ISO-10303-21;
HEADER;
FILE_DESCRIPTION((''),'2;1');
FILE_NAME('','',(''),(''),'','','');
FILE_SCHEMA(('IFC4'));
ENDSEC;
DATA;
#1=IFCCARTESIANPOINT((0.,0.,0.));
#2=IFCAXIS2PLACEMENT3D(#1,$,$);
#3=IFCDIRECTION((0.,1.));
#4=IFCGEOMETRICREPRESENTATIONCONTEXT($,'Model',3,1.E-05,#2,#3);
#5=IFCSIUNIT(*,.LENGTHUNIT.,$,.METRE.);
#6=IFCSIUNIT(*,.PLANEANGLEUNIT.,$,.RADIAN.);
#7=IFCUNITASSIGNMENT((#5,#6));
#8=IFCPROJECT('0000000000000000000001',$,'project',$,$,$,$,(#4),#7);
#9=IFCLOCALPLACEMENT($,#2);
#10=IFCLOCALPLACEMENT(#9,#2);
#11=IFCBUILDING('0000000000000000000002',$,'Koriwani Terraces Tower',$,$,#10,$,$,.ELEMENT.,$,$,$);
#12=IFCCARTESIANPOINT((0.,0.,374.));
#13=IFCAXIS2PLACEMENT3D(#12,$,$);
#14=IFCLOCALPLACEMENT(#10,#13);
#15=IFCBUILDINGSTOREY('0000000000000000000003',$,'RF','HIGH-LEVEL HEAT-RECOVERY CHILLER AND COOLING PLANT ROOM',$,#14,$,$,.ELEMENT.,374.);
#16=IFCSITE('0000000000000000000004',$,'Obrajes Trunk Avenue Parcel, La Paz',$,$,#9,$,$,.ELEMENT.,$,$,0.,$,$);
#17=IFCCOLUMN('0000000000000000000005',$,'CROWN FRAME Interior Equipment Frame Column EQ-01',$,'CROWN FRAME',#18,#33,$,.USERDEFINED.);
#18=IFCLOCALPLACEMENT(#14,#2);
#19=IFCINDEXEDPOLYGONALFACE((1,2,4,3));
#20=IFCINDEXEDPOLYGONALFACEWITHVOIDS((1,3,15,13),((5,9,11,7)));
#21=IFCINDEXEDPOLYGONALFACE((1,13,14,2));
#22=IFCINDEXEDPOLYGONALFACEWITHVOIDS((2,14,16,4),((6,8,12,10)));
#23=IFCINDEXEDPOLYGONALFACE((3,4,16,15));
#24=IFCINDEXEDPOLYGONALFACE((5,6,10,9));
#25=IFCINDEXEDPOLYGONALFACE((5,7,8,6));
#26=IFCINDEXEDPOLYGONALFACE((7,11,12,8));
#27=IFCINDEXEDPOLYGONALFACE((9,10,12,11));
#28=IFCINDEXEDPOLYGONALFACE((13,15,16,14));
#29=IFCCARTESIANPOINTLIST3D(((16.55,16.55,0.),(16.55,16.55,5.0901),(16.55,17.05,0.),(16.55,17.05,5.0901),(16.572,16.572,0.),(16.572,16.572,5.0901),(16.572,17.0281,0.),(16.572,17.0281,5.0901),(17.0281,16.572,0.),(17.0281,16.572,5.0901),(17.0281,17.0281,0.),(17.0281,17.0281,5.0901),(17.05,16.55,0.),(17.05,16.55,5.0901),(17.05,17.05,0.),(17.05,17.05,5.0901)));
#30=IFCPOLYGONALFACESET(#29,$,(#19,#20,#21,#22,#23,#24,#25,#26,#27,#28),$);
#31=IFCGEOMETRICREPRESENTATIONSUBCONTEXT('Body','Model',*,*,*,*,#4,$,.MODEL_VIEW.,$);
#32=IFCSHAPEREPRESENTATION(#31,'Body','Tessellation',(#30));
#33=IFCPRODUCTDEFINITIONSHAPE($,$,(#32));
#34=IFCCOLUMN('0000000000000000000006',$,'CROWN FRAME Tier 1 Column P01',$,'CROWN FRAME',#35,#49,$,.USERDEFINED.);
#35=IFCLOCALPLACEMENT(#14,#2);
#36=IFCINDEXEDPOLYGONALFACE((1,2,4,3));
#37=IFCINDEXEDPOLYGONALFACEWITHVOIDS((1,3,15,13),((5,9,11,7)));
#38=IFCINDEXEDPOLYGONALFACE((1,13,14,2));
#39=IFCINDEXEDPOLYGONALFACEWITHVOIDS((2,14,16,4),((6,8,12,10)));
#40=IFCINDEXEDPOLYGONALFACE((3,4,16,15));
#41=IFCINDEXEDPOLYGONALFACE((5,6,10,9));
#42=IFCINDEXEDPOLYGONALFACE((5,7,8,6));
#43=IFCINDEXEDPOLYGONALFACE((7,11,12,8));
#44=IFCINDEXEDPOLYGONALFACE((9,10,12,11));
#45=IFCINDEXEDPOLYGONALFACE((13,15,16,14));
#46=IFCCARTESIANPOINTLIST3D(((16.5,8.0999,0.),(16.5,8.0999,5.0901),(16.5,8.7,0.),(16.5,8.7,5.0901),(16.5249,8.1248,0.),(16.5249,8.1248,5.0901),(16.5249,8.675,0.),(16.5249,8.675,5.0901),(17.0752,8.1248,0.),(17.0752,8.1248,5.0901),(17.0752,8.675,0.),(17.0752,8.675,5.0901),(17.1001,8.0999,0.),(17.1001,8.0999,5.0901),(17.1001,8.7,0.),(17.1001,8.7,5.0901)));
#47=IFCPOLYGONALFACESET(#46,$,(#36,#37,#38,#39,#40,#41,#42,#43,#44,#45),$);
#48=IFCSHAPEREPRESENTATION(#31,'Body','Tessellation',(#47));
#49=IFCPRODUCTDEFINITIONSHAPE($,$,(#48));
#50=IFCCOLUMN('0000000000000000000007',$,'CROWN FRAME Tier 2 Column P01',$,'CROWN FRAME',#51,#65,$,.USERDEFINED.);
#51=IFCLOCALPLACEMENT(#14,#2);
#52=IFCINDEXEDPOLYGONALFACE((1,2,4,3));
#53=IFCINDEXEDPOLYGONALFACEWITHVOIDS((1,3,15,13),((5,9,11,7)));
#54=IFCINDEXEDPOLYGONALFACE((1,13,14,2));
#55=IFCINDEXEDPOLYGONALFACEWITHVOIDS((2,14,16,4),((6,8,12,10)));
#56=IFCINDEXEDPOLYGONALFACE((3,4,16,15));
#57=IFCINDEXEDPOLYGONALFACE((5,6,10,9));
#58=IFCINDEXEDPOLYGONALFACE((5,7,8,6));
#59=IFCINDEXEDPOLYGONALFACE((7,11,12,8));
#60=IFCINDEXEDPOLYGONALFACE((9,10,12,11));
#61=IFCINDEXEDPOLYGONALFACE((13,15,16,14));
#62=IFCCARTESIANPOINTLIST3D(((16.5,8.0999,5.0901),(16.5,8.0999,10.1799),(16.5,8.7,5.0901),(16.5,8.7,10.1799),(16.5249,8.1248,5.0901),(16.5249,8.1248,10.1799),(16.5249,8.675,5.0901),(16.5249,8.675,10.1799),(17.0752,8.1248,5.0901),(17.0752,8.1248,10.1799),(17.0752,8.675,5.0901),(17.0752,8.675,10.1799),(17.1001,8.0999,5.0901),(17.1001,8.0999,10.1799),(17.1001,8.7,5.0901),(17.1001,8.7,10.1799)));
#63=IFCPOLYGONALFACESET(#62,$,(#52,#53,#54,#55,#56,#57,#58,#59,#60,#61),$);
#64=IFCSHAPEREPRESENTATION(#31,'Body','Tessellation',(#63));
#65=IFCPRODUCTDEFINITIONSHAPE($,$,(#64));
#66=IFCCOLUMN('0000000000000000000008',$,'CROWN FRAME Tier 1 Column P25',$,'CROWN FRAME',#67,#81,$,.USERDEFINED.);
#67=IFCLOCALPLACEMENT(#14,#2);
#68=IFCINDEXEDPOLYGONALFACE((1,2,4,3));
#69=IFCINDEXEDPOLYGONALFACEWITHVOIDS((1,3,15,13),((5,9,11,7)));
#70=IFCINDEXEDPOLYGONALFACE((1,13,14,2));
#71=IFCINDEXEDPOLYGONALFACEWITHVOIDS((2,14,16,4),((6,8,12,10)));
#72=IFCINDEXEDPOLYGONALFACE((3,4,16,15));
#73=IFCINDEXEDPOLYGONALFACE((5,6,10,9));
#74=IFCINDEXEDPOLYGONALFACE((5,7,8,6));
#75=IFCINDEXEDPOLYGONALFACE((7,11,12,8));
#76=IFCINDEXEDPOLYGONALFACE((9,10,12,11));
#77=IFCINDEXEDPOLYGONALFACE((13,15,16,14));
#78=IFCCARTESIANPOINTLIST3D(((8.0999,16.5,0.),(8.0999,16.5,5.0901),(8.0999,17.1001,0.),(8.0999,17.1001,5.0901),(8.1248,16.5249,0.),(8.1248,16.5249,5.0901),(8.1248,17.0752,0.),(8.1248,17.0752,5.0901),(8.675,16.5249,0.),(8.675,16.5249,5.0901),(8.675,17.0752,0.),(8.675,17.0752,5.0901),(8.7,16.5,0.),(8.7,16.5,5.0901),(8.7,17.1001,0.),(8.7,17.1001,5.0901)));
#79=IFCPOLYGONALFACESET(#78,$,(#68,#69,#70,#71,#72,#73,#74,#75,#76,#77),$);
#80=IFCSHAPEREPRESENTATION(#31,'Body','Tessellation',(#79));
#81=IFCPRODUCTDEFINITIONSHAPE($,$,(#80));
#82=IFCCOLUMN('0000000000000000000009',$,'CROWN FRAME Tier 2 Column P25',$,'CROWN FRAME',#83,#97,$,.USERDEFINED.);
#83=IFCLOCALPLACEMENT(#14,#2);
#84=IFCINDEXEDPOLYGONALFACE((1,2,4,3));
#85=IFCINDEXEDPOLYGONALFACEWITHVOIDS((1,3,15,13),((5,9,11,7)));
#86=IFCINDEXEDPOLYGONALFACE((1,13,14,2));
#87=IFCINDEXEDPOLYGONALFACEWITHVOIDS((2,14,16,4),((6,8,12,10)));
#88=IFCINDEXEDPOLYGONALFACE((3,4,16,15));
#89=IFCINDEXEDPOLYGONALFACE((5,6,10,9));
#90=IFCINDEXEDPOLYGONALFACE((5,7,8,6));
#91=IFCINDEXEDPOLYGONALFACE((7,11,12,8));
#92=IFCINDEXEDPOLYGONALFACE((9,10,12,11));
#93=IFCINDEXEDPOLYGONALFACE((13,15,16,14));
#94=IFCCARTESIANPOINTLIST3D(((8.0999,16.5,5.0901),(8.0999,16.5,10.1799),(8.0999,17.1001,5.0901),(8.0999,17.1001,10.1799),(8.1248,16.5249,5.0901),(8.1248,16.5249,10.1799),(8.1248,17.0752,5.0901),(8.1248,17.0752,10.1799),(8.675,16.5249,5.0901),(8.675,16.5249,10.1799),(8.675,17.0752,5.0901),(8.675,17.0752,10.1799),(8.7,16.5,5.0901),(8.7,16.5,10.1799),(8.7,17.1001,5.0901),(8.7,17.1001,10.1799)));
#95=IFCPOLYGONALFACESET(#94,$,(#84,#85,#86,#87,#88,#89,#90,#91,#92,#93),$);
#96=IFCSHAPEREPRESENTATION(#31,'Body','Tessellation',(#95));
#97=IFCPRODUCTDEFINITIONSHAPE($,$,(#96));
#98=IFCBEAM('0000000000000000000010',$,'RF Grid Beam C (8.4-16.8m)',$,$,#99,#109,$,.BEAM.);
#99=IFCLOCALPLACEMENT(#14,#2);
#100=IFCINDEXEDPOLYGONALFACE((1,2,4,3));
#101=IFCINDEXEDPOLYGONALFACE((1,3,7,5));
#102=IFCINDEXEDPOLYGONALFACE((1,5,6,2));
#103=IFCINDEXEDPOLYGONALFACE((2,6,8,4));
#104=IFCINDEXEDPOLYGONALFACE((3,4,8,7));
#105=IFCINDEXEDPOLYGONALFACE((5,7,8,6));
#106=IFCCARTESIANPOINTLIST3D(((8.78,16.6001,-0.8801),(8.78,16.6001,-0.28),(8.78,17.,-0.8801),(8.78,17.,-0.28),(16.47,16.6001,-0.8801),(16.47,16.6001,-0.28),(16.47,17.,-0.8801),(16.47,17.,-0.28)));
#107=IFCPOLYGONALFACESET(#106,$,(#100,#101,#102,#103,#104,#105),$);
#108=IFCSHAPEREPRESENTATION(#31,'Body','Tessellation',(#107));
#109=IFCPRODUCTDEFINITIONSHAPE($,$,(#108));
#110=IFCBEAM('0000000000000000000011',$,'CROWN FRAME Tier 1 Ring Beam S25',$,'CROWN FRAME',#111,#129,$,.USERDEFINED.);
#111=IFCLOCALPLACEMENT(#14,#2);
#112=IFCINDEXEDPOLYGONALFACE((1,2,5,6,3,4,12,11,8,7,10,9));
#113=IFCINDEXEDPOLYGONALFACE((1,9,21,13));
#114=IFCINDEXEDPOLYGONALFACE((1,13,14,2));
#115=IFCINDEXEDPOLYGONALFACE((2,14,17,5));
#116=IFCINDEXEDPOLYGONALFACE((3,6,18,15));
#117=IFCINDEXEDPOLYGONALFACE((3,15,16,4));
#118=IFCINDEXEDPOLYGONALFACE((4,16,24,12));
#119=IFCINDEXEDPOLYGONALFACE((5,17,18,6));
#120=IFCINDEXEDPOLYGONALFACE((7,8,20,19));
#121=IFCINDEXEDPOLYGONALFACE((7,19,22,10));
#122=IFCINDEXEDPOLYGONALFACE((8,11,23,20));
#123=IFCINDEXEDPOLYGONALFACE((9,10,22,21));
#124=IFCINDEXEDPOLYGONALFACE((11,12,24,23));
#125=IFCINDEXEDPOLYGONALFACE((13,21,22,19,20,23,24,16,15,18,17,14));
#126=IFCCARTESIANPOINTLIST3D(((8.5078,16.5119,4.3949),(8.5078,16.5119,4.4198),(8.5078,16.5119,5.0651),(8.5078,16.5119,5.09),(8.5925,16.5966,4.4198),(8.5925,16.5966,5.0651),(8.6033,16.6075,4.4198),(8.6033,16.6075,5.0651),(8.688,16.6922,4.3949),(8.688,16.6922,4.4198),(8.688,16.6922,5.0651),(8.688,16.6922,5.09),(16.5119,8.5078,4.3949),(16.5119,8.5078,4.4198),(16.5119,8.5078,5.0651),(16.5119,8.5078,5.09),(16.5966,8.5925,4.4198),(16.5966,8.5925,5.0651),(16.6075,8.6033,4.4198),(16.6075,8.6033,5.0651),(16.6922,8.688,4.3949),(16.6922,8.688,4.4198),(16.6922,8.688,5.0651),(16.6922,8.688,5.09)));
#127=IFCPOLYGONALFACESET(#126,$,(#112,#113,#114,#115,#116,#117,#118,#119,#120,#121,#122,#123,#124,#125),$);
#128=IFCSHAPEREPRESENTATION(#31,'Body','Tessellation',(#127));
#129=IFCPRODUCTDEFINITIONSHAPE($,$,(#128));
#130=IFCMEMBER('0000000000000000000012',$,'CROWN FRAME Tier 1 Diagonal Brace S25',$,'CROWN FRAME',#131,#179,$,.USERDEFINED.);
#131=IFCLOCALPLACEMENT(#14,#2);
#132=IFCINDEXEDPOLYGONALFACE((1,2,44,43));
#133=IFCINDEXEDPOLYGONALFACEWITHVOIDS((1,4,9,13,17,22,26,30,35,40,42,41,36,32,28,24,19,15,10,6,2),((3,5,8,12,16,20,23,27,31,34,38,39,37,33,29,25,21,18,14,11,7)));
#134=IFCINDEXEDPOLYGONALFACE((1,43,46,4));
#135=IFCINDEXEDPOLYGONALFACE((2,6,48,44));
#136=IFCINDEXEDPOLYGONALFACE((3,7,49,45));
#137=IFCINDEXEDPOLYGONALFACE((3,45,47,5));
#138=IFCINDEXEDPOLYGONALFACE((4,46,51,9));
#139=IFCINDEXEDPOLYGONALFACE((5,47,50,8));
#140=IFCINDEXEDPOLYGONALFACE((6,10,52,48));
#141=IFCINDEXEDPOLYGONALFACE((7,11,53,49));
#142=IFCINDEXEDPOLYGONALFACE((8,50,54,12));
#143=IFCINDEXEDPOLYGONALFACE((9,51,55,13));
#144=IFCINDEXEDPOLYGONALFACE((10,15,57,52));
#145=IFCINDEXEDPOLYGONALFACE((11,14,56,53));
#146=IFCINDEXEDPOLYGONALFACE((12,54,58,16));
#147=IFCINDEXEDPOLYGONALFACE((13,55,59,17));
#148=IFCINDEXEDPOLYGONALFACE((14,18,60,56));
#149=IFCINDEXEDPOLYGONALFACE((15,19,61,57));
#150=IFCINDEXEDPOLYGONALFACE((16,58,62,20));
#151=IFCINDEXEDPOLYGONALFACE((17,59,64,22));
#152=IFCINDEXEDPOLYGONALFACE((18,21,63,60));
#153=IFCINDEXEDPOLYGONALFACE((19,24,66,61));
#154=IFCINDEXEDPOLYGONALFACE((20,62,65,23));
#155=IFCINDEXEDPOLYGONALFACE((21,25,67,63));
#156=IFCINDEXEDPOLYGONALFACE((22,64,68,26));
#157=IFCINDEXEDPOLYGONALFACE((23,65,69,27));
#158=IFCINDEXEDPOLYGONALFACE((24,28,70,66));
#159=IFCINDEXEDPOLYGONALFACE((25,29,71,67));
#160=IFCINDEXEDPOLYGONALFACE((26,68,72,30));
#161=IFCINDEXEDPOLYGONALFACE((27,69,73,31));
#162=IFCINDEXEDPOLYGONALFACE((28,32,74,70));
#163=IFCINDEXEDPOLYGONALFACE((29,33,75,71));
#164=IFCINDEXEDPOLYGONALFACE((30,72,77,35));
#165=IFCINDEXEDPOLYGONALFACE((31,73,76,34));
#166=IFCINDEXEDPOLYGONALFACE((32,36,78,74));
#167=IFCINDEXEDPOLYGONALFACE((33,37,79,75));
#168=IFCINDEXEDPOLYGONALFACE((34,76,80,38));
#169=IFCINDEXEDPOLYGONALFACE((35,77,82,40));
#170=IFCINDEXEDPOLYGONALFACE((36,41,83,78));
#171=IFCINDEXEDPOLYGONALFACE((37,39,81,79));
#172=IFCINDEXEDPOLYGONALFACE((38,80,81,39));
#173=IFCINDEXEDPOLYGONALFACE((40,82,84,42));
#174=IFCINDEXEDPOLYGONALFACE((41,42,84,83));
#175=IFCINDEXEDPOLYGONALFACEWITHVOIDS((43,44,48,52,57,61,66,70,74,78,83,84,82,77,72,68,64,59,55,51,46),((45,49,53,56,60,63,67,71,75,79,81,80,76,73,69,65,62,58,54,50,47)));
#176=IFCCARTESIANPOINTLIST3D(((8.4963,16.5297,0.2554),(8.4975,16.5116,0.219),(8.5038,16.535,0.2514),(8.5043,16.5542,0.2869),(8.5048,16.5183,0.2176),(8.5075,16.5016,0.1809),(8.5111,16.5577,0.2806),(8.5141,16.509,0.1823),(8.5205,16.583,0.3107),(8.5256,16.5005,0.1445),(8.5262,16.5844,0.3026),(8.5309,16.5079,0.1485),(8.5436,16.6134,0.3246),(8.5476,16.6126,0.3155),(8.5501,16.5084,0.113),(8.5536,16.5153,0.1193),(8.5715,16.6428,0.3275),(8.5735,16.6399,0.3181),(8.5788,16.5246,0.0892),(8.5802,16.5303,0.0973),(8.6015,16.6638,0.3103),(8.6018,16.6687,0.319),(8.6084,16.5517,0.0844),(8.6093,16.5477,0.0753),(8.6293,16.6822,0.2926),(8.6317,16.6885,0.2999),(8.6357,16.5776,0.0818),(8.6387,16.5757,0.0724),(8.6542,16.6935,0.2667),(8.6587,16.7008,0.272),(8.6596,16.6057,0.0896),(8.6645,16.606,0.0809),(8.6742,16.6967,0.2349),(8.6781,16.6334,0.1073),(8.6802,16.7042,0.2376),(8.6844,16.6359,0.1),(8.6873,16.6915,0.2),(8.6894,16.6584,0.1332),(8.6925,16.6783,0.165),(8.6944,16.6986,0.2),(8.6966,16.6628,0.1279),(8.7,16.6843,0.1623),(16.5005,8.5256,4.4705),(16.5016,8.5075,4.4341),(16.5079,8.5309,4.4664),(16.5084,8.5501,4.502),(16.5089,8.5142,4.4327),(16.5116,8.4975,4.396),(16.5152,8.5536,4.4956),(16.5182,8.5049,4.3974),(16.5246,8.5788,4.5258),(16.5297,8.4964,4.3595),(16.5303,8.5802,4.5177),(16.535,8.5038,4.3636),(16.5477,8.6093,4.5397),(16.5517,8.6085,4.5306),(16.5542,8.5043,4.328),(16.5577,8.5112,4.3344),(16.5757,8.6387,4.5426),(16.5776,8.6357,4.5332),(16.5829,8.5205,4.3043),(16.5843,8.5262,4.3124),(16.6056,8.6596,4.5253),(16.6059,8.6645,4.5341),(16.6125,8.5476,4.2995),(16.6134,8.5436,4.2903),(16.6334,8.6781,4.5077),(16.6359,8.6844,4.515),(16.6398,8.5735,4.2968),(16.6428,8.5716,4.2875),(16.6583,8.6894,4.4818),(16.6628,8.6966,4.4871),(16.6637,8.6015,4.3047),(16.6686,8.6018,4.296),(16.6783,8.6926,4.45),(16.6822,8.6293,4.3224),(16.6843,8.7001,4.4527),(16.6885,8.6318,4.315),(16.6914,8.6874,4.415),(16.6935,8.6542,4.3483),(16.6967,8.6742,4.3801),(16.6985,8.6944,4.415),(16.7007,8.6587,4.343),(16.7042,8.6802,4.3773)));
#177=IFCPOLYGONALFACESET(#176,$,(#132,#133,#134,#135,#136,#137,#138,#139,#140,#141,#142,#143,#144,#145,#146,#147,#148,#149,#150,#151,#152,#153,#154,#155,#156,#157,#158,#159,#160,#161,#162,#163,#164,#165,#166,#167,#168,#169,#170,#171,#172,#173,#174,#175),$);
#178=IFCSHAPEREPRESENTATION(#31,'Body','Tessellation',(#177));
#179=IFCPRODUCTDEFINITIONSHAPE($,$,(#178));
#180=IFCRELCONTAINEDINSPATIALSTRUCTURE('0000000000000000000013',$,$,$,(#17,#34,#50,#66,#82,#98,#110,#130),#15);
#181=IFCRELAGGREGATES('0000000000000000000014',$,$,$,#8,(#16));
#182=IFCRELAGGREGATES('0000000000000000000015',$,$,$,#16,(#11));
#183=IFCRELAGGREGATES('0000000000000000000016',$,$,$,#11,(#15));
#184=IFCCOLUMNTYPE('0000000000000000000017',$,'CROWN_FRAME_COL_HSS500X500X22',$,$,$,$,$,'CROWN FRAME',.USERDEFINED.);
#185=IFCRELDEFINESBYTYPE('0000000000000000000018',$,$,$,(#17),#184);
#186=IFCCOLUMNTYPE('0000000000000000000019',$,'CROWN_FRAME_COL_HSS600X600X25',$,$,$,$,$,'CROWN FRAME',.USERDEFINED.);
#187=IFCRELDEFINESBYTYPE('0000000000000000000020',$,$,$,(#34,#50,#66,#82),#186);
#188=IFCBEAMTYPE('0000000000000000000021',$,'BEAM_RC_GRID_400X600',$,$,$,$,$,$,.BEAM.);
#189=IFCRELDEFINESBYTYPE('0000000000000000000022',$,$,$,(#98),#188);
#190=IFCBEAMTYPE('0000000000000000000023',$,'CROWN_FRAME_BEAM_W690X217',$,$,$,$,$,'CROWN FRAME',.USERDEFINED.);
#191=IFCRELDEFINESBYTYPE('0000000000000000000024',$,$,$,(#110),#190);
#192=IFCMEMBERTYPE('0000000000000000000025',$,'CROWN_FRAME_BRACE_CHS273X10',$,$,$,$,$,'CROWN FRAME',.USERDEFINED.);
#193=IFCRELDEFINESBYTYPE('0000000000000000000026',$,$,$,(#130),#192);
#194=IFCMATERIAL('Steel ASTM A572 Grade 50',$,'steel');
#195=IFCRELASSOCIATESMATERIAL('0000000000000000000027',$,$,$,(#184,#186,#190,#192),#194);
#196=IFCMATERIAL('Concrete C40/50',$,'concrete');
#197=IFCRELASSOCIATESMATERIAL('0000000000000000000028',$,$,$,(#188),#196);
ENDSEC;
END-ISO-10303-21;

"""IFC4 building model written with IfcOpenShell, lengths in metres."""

from ifc_helpers import new_model, si_unit, direction, frame, origin, origin_2d, place, context, subcontext, project, spatial, rectangle, hollow_rectangle, hollow_circle, i_section, extrude, material, material_profile, profile_set, type_object, element, save


model = new_model("IFC4")

# Units and contexts
model_context = context("Model", 3, precision=1e-05, world=origin(), true_north=direction((0.0, 1.0)))
body_context = subcontext(model_context, "Body", "Model", "MODEL_VIEW")
ifc_project = project(units=[si_unit("LENGTHUNIT", "METRE"), si_unit("PLANEANGLEUNIT", "RADIAN")], contexts=[model_context])

# Site, building, storey
site_placement = place(None, origin())
site = spatial("IfcSite", under=ifc_project, at=site_placement, Name="Obrajes Trunk Avenue Parcel, La Paz", CompositionType="ELEMENT", RefElevation=0.0)
building_placement = place(site_placement, origin())
building = spatial("IfcBuilding", under=site, at=building_placement, Name="Koriwani Terraces Tower", CompositionType="ELEMENT")
storey_placement = place(building_placement, frame((0.0, 0.0, 374.0)))
storey = spatial("IfcBuildingStorey", under=building, at=storey_placement, Name="RF", Description="HIGH-LEVEL HEAT-RECOVERY CHILLER AND COOLING PLANT ROOM", CompositionType="ELEMENT", Elevation=374.0)

# Columns
ifc_material_1 = material(Name="Steel ASTM A572 Grade 50", Category="steel")
ifc_material_profile_1 = material_profile(ifc_material_1, hollow_rectangle(XDim=0.5, YDim=0.5, WallThickness=0.022, at=origin_2d()), Name="Steel ASTM A572 Grade 50", Category="LoadBearing")
ifc_profile_set_1 = profile_set([ifc_material_profile_1], Name="Steel ASTM A572 Grade 50")
column_type_1 = type_object("IfcColumnType", Name="CROWN_FRAME_COL_HSS500X500X22", ElementType="CROWN FRAME", PredefinedType="USERDEFINED", material=ifc_profile_set_1)
column_1_placement = place(storey_placement, frame((16.8, 16.8, 0.0), z_axis=(0.0, 0.0, 1.0), x_axis=(1.0, 0.0, 0.0)))
element("IfcColumn", 1, at=column_1_placement, inside=storey, type_object=column_type_1, Name="CROWN FRAME Interior Equipment Frame Column EQ-01", ObjectType="CROWN FRAME", PredefinedType="USERDEFINED", context=body_context, shape_type="SweptSolid", body=[
    extrude(hollow_rectangle(XDim=0.5, YDim=0.5, WallThickness=0.022, at=origin_2d()), origin(), (0.0, 0.0, 1.0), 5.0901),
])
ifc_material_profile_2 = material_profile(ifc_material_1, hollow_rectangle(XDim=0.6001, YDim=0.6001, WallThickness=0.0249, at=origin_2d()), Name="Steel ASTM A572 Grade 50", Category="LoadBearing")
ifc_profile_set_2 = profile_set([ifc_material_profile_2], Name="Steel ASTM A572 Grade 50")
column_type_2 = type_object("IfcColumnType", Name="CROWN_FRAME_COL_HSS600X600X25", ElementType="CROWN FRAME", PredefinedType="USERDEFINED", material=ifc_profile_set_2)
column_2_placement = place(storey_placement, frame((16.8, 8.3999, 0.0), z_axis=(0.0, 0.0, 1.0), x_axis=(1.0, 0.0, 0.0)))
element("IfcColumn", 2, at=column_2_placement, inside=storey, type_object=column_type_2, Name="CROWN FRAME Tier 1 Column P01", ObjectType="CROWN FRAME", PredefinedType="USERDEFINED", context=body_context, shape_type="SweptSolid", body=[
    extrude(hollow_rectangle(XDim=0.6001, YDim=0.6001, WallThickness=0.0249, at=origin_2d()), origin(), (0.0, 0.0, 1.0), 5.0901),
])
column_3_placement = place(storey_placement, frame((16.8, 8.3999, 5.0901), z_axis=(0.0, 0.0, 1.0), x_axis=(1.0, 0.0, 0.0)))
element("IfcColumn", 3, at=column_3_placement, inside=storey, type_object=column_type_2, Name="CROWN FRAME Tier 2 Column P01", ObjectType="CROWN FRAME", PredefinedType="USERDEFINED", context=body_context, shape_type="SweptSolid", body=[
    extrude(hollow_rectangle(XDim=0.6001, YDim=0.6001, WallThickness=0.0249, at=origin_2d()), origin(), (0.0, 0.0, 1.0), 5.0898),
])
column_4_placement = place(storey_placement, frame((8.3999, 16.8, 0.0), z_axis=(0.0, 0.0, 1.0), x_axis=(1.0, 0.0, 0.0)))
element("IfcColumn", 4, at=column_4_placement, inside=storey, type_object=column_type_2, Name="CROWN FRAME Tier 1 Column P25", ObjectType="CROWN FRAME", PredefinedType="USERDEFINED", context=body_context, shape_type="SweptSolid", body=[
    extrude(hollow_rectangle(XDim=0.6001, YDim=0.6001, WallThickness=0.0249, at=origin_2d()), origin(), (0.0, 0.0, 1.0), 5.0901),
])
column_5_placement = place(storey_placement, frame((8.3999, 16.8, 5.0901), z_axis=(0.0, 0.0, 1.0), x_axis=(1.0, 0.0, 0.0)))
element("IfcColumn", 5, at=column_5_placement, inside=storey, type_object=column_type_2, Name="CROWN FRAME Tier 2 Column P25", ObjectType="CROWN FRAME", PredefinedType="USERDEFINED", context=body_context, shape_type="SweptSolid", body=[
    extrude(hollow_rectangle(XDim=0.6001, YDim=0.6001, WallThickness=0.0249, at=origin_2d()), origin(), (0.0, 0.0, 1.0), 5.0898),
])

# Beams
ifc_material_2 = material(Name="Concrete C40/50", Category="concrete")
ifc_material_profile_3 = material_profile(ifc_material_2, rectangle(XDim=0.3999, YDim=0.6001, at=origin_2d()), Name="Concrete C40/50", Category="LoadBearing")
ifc_profile_set_3 = profile_set([ifc_material_profile_3], Name="Concrete C40/50")
beam_type_1 = type_object("IfcBeamType", Name="BEAM_RC_GRID_400X600", PredefinedType="BEAM", material=ifc_profile_set_3)
beam_1_placement = place(storey_placement, frame((8.78, 16.8, -0.5801), z_axis=(1.0, 0.0, 0.0), x_axis=(0.0, 1.0, 0.0)))
element("IfcBeam", 6, at=beam_1_placement, inside=storey, type_object=beam_type_1, Name="RF Grid Beam C (8.4-16.8m)", PredefinedType="BEAM", context=body_context, shape_type="SweptSolid", body=[
    extrude(rectangle(XDim=0.3999, YDim=0.6001, at=origin_2d()), origin(), (0.0, 0.0, 1.0), 7.6899),
])
ifc_material_profile_4 = material_profile(ifc_material_1, i_section(OverallWidth=0.2549, OverallDepth=0.6951, WebThickness=0.0154, FlangeThickness=0.0249, at=origin_2d()), Name="Steel ASTM A572 Grade 50", Category="LoadBearing")
ifc_profile_set_4 = profile_set([ifc_material_profile_4], Name="Steel ASTM A572 Grade 50")
beam_type_2 = type_object("IfcBeamType", Name="CROWN_FRAME_BEAM_W690X217", ElementType="CROWN FRAME", PredefinedType="USERDEFINED", material=ifc_profile_set_4)
beam_2_placement = place(storey_placement, frame((8.5979, 16.6021, 4.7424), z_axis=(0.707107, -0.707107, 0.0), x_axis=(0.707107, 0.707107, 0.0)))
element("IfcBeam", 7, at=beam_2_placement, inside=storey, type_object=beam_type_2, Name="CROWN FRAME Tier 1 Ring Beam S25", ObjectType="CROWN FRAME", PredefinedType="USERDEFINED", context=body_context, shape_type="SweptSolid", body=[
    extrude(i_section(OverallWidth=0.2549, OverallDepth=0.6951, WebThickness=0.0154, FlangeThickness=0.0249, at=origin_2d()), origin(), (0.0, 0.0, 1.0), 11.3196),
])

# Member
ifc_material_profile_5 = material_profile(ifc_material_1, hollow_circle(Radius=0.1365, WallThickness=0.01, at=origin_2d()), Name="Steel ASTM A572 Grade 50", Category="LoadBearing")
ifc_profile_set_5 = profile_set([ifc_material_profile_5], Name="Steel ASTM A572 Grade 50")
member_type = type_object("IfcMemberType", Name="CROWN_FRAME_BRACE_CHS273X10", ElementType="CROWN FRAME", PredefinedType="USERDEFINED", material=ifc_profile_set_5)
member_placement = place(storey_placement, frame((8.5979, 16.6021, 0.2), z_axis=(0.662656, -0.662656, 0.348963), x_axis=(0.707107, 0.707107, 0.0)))
element("IfcMember", 8, at=member_placement, inside=storey, type_object=member_type, Name="CROWN FRAME Tier 1 Diagonal Brace S25", ObjectType="CROWN FRAME", PredefinedType="USERDEFINED", context=body_context, shape_type="SweptSolid", body=[
    extrude(hollow_circle(Radius=0.1365, WallThickness=0.01, at=origin_2d()), origin(), (0.0, 0.0, 1.0), 12.0789),
])

save(model, "model.ifc")
